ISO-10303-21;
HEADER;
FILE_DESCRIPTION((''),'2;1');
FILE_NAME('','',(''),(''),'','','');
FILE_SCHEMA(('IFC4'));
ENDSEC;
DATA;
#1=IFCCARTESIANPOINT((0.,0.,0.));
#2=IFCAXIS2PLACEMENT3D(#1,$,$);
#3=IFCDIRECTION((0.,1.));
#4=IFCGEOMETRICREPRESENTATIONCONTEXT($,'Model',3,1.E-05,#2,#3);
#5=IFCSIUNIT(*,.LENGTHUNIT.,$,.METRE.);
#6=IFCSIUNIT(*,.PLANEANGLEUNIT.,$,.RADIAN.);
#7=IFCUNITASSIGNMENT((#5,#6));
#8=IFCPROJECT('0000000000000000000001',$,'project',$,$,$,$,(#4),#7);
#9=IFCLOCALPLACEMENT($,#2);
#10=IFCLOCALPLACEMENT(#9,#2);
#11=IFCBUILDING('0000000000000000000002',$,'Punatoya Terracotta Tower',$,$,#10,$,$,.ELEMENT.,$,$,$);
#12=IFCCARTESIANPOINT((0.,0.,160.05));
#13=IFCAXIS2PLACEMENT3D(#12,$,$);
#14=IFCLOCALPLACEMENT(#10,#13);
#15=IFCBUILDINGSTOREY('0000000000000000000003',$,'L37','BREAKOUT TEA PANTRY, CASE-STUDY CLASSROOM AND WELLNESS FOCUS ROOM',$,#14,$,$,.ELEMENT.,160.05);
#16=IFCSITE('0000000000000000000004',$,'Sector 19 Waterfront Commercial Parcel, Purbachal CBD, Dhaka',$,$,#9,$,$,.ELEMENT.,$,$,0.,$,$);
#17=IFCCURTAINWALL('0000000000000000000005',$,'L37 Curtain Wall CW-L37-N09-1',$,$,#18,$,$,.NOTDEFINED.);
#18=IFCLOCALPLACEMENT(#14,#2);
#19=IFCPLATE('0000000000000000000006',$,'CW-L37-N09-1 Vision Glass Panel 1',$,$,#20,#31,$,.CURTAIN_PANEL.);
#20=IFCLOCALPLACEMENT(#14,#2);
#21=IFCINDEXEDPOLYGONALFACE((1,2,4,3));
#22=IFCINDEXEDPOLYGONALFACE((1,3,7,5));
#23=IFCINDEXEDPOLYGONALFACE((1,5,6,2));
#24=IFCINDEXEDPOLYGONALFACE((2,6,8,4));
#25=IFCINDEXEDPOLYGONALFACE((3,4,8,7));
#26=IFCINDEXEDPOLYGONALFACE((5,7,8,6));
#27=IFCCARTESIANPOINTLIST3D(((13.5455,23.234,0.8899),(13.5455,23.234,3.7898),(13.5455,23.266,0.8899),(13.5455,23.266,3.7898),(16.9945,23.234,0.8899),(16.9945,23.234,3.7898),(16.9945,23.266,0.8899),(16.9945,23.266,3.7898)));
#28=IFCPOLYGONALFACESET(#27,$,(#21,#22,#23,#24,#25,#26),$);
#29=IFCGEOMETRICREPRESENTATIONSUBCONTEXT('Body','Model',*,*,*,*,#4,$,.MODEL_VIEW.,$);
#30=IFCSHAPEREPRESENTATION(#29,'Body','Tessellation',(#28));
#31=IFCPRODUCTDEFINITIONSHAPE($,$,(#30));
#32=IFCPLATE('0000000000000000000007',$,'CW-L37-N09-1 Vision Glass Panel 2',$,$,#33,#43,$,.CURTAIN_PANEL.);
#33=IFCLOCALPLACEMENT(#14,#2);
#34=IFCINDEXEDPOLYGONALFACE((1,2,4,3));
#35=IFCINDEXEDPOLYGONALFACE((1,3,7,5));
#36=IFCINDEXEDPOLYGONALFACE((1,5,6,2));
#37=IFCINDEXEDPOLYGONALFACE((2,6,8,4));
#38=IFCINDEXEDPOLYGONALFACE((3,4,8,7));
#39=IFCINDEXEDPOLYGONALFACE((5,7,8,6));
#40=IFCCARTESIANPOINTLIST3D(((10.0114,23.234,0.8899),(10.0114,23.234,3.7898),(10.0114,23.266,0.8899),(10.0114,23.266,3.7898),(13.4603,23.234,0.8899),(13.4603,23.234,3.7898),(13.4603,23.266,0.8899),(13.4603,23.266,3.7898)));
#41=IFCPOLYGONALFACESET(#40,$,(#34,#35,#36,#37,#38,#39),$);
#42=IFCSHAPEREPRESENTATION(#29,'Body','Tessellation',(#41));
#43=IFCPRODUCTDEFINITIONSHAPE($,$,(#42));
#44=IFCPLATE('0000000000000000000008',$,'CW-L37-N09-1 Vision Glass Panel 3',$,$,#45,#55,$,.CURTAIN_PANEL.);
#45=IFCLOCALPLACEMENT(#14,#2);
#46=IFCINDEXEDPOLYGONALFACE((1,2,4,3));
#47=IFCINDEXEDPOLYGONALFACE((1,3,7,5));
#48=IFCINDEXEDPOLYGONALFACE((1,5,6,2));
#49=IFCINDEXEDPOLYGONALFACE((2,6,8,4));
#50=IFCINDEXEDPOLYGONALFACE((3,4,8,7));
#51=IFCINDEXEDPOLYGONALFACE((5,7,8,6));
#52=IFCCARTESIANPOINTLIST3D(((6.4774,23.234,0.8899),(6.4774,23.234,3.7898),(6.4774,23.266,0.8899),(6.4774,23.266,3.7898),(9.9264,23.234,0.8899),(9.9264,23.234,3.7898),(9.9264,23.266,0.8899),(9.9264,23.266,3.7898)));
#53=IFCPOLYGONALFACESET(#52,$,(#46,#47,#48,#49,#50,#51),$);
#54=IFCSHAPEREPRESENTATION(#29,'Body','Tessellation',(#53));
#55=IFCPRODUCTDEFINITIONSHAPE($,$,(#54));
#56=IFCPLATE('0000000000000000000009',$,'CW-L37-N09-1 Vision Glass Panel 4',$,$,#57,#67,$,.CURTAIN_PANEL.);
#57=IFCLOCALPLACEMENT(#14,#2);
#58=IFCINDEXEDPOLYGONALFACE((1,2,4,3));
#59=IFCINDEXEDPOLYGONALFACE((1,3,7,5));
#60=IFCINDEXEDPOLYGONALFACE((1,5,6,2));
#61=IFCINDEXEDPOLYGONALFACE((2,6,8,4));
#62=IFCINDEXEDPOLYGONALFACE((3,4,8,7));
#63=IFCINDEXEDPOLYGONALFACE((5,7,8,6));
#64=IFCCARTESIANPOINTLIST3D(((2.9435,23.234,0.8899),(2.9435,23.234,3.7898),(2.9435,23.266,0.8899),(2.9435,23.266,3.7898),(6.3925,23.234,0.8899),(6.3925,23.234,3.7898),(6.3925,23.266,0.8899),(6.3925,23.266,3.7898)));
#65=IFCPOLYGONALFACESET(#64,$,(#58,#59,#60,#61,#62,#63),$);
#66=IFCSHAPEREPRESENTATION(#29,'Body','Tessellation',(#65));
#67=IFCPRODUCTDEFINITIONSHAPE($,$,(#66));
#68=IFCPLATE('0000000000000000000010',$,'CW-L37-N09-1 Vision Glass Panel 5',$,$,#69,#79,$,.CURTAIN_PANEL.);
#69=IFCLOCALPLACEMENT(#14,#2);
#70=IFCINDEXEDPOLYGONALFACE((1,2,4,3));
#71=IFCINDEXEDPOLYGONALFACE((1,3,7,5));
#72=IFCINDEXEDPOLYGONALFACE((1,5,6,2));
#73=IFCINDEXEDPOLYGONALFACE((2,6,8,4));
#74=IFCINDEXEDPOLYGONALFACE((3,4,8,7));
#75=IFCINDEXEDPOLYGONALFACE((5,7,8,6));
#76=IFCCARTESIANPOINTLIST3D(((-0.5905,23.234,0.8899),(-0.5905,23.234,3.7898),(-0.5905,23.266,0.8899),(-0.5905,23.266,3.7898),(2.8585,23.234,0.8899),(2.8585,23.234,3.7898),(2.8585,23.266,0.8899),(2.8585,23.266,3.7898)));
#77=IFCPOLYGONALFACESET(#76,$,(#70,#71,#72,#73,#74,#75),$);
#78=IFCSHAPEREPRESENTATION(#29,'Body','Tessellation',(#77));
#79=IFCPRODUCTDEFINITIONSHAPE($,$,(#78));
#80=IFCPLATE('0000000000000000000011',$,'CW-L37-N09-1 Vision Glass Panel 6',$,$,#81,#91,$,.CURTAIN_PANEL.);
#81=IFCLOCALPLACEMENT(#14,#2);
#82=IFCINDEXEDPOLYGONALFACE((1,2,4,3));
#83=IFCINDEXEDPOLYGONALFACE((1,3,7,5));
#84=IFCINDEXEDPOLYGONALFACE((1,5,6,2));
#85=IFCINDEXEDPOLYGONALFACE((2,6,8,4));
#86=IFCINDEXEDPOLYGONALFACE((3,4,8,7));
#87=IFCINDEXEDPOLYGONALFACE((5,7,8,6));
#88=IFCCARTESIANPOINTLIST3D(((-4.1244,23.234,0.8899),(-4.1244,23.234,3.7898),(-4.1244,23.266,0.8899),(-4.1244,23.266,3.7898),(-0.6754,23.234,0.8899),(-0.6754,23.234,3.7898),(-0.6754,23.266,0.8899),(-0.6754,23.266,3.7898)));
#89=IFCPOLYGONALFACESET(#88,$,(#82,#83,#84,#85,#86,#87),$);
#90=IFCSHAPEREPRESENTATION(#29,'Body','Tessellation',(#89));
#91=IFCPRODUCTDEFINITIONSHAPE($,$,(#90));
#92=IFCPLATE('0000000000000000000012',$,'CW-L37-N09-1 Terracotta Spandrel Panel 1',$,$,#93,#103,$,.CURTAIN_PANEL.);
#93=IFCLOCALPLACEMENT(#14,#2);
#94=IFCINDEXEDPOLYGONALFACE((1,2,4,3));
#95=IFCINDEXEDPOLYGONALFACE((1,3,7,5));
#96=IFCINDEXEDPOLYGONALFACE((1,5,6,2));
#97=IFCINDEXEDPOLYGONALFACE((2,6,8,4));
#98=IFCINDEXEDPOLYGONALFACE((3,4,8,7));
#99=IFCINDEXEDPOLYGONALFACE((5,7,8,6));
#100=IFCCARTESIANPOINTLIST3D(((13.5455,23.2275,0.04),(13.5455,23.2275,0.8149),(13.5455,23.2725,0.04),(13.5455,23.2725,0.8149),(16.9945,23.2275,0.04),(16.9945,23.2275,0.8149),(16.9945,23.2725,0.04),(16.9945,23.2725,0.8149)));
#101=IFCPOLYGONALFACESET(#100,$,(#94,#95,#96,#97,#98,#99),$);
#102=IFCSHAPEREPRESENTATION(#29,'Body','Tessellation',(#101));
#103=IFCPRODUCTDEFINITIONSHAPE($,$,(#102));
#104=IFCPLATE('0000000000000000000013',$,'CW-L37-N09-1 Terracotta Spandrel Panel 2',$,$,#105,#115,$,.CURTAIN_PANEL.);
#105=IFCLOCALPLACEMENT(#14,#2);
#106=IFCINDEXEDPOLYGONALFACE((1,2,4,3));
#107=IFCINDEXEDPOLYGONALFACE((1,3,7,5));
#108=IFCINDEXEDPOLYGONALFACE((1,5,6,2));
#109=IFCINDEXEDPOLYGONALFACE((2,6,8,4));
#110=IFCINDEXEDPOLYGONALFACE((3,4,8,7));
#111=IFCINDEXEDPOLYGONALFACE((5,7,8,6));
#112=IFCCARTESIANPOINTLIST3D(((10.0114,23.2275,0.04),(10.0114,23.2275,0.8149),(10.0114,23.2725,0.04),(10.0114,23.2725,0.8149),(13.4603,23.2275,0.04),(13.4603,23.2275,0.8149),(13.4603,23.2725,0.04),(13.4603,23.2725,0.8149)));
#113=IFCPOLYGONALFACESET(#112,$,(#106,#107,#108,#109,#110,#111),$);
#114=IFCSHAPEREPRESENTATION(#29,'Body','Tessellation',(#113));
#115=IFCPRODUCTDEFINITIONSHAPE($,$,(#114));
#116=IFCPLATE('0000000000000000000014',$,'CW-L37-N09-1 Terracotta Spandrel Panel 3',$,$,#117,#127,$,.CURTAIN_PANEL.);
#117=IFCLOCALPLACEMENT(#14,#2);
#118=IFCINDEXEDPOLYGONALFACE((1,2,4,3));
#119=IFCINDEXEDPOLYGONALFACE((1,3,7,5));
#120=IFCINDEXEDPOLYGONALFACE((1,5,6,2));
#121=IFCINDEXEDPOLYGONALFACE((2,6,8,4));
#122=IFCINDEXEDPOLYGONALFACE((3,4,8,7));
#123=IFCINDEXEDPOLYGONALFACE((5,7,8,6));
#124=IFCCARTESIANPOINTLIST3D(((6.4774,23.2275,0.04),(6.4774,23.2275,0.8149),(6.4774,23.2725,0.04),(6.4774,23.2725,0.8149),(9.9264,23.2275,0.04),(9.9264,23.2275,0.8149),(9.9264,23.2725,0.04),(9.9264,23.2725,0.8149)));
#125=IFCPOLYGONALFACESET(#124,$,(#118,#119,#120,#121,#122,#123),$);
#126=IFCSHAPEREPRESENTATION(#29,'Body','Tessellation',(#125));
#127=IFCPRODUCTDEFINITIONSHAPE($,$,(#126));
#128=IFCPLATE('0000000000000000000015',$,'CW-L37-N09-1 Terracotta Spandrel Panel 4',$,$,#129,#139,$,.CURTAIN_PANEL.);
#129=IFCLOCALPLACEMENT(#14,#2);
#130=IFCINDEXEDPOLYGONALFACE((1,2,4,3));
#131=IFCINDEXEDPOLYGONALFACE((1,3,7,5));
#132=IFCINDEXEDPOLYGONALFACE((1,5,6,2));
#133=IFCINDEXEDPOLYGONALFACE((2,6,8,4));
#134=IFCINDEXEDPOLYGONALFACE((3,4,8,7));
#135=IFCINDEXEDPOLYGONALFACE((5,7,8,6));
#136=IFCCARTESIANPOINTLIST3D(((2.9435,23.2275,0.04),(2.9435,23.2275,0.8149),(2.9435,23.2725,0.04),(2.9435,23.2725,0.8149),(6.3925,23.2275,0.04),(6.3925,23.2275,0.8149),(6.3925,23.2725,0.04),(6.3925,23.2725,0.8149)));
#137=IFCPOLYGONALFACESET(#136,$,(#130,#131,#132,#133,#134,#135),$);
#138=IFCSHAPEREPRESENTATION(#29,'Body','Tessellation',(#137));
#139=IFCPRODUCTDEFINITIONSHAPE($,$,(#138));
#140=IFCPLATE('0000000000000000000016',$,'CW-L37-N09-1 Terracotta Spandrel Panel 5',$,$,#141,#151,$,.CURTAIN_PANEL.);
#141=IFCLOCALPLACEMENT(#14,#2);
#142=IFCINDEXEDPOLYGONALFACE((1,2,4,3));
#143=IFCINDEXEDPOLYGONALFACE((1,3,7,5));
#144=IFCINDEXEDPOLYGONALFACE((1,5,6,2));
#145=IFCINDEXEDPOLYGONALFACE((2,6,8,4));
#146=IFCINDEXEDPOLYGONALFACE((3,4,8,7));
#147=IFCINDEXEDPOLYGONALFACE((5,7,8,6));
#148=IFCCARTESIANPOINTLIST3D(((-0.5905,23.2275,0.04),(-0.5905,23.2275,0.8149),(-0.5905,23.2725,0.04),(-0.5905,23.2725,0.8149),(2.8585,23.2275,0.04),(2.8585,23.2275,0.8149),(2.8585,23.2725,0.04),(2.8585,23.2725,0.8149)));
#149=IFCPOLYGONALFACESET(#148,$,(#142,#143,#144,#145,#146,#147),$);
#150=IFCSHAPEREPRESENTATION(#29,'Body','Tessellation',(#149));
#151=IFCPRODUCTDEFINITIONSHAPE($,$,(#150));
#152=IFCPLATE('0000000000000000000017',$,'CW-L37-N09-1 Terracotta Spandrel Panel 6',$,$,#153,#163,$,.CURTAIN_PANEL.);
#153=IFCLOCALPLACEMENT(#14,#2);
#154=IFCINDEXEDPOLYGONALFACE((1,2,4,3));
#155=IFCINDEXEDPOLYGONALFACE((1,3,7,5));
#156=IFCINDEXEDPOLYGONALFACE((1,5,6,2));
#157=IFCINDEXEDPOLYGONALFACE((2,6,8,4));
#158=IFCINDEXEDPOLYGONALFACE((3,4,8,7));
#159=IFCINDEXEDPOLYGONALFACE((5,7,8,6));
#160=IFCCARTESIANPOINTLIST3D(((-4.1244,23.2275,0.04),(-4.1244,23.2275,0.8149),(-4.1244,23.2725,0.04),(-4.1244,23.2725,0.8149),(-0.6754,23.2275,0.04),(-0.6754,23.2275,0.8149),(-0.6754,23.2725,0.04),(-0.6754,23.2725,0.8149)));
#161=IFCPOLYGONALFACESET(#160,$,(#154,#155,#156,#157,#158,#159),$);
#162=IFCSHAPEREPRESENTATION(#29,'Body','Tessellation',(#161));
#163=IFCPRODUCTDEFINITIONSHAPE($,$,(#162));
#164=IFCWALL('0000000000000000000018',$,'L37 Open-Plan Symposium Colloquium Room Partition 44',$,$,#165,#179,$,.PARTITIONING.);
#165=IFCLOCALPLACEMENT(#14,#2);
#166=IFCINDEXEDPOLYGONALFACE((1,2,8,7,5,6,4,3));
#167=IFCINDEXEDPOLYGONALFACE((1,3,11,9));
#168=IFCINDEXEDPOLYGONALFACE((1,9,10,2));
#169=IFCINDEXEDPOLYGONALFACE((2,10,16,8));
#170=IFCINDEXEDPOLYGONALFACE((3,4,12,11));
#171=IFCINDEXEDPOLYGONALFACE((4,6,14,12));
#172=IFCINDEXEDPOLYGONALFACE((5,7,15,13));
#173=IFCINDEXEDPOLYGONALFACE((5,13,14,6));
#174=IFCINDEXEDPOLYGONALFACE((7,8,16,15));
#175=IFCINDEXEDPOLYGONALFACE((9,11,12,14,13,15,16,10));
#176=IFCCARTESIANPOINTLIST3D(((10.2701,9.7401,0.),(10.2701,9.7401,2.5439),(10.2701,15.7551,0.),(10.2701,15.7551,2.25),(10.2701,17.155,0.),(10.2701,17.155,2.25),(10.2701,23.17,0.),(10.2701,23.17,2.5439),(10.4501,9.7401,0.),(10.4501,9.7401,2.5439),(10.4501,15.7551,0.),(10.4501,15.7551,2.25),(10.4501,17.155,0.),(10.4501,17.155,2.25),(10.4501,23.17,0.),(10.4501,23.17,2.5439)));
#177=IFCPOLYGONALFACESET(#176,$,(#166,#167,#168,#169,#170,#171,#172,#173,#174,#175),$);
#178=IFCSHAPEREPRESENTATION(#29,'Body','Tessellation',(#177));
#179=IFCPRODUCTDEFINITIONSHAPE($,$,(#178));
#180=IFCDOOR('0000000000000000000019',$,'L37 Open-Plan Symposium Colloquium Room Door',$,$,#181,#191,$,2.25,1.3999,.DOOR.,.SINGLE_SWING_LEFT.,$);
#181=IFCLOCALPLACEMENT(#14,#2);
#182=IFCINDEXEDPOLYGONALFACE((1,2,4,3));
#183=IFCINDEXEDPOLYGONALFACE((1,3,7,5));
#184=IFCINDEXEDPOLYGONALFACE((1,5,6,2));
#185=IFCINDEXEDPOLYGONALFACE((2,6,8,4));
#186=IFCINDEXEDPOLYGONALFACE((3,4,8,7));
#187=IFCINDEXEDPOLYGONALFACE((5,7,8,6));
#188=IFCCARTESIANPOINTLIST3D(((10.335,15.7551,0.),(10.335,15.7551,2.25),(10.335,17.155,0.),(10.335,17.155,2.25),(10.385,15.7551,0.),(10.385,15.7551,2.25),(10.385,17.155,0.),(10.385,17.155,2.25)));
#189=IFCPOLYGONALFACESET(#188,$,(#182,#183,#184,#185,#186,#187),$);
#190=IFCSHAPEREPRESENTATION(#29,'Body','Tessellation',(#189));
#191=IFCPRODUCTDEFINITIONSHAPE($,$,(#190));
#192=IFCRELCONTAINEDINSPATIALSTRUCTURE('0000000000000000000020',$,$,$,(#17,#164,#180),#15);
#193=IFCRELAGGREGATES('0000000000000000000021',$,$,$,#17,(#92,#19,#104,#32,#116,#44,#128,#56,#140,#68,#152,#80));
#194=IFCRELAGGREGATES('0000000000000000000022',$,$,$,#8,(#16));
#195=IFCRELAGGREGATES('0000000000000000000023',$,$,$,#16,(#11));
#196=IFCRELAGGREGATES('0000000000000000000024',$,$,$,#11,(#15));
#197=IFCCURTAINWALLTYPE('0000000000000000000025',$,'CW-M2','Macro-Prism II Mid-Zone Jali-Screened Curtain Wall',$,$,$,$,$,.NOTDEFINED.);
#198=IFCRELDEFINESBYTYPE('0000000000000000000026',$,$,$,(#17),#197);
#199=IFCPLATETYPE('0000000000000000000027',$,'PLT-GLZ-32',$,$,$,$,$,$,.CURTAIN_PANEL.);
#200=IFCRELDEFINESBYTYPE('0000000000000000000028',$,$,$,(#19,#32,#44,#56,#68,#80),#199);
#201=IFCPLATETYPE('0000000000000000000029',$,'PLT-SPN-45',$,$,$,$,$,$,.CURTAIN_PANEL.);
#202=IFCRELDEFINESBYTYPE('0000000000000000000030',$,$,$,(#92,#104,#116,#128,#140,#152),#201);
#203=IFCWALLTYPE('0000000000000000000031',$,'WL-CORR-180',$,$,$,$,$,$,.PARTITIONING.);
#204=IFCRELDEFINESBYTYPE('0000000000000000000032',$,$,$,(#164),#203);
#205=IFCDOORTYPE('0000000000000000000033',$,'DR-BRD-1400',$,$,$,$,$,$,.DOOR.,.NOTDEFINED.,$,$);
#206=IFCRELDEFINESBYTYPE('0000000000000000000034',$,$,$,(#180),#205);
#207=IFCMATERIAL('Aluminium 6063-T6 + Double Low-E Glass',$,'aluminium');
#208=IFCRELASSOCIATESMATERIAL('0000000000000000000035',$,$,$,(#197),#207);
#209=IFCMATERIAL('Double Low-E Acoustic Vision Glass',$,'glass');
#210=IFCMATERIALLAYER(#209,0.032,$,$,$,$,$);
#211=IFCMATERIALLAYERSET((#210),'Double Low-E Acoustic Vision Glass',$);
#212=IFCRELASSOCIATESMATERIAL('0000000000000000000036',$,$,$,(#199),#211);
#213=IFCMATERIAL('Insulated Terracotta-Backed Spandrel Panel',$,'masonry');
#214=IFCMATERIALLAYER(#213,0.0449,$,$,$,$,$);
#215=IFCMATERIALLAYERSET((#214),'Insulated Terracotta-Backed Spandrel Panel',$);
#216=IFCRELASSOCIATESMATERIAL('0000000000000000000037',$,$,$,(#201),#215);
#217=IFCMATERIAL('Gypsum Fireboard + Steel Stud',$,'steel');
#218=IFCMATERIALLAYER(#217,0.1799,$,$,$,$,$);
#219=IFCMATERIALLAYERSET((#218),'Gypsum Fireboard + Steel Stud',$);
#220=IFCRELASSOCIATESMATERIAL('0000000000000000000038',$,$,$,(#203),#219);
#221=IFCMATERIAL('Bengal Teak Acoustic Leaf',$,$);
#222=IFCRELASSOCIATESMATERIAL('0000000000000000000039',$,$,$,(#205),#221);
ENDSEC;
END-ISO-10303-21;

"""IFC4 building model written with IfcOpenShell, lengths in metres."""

from ifc_helpers import new_model, si_unit, direction, frame, frame_2d, origin, origin_2d, place, context, subcontext, project, spatial, rectangle, extrude, material, layer, layer_set, type_object, element, fill, aggregate, save


model = new_model("IFC4")

# Units and contexts
model_context = context("Model", 3, precision=1e-05, world=origin(), true_north=direction((0.0, 1.0)))
body_context = subcontext(model_context, "Body", "Model", "MODEL_VIEW")
ifc_project = project(units=[si_unit("LENGTHUNIT", "METRE"), si_unit("PLANEANGLEUNIT", "RADIAN")], contexts=[model_context])

# Site, building, storey
site_placement = place(None, origin())
site = spatial("IfcSite", under=ifc_project, at=site_placement, Name="Sector 19 Waterfront Commercial Parcel, Purbachal CBD, Dhaka", CompositionType="ELEMENT", RefElevation=0.0)
building_placement = place(site_placement, origin())
building = spatial("IfcBuilding", under=site, at=building_placement, Name="Punatoya Terracotta Tower", CompositionType="ELEMENT")
storey_placement = place(building_placement, frame((0.0, 0.0, 160.05)))
storey = spatial("IfcBuildingStorey", under=building, at=storey_placement, Name="L37", Description="BREAKOUT TEA PANTRY, CASE-STUDY CLASSROOM AND WELLNESS FOCUS ROOM", CompositionType="ELEMENT", Elevation=160.05)

# Curtain wall, plates
ifc_material_1 = material(Name="Aluminium 6063-T6 + Double Low-E Glass", Category="aluminium")
curtain_wall_type = type_object("IfcCurtainWallType", Name="CW-M2", Description="Macro-Prism II Mid-Zone Jali-Screened Curtain Wall", PredefinedType="NOTDEFINED", material=ifc_material_1)
curtain_wall_placement = place(storey_placement, origin())
curtain_wall = element("IfcCurtainWall", 1, at=curtain_wall_placement, inside=storey, type_object=curtain_wall_type, Name="L37 Curtain Wall CW-L37-N09-1", PredefinedType="NOTDEFINED")
ifc_material_2 = material(Name="Double Low-E Acoustic Vision Glass", Category="glass")
ifc_layer_1 = layer(ifc_material_2, 0.032)
ifc_layer_set_1 = layer_set([ifc_layer_1], Name="Double Low-E Acoustic Vision Glass")
plate_type_1 = type_object("IfcPlateType", Name="PLT-GLZ-32", PredefinedType="CURTAIN_PANEL", material=ifc_layer_set_1)
plate_1_placement = place(storey_placement, frame((15.27, 23.25, 0.8899), z_axis=(0.0, 0.0, 1.0), x_axis=(-1.0, 0.0, 0.0)))
plate_1 = element("IfcPlate", 2, at=plate_1_placement, type_object=plate_type_1, Name="CW-L37-N09-1 Vision Glass Panel 1", PredefinedType="CURTAIN_PANEL", context=body_context, shape_type="SweptSolid", body=[
    extrude(rectangle(XDim=3.449, YDim=0.032, at=origin_2d()), origin(), (0.0, 0.0, 1.0), 2.8999),
])
plate_2_placement = place(storey_placement, frame((11.7358, 23.25, 0.8899), z_axis=(0.0, 0.0, 1.0), x_axis=(-1.0, 0.0, 0.0)))
plate_2 = element("IfcPlate", 3, at=plate_2_placement, type_object=plate_type_1, Name="CW-L37-N09-1 Vision Glass Panel 2", PredefinedType="CURTAIN_PANEL", context=body_context, shape_type="SweptSolid", body=[
    extrude(rectangle(XDim=3.449, YDim=0.032, at=origin_2d()), origin(), (0.0, 0.0, 1.0), 2.8999),
])
plate_3_placement = place(storey_placement, frame((8.2019, 23.25, 0.8899), z_axis=(0.0, 0.0, 1.0), x_axis=(-1.0, 0.0, 0.0)))
plate_3 = element("IfcPlate", 4, at=plate_3_placement, type_object=plate_type_1, Name="CW-L37-N09-1 Vision Glass Panel 3", PredefinedType="CURTAIN_PANEL", context=body_context, shape_type="SweptSolid", body=[
    extrude(rectangle(XDim=3.449, YDim=0.032, at=origin_2d()), origin(), (0.0, 0.0, 1.0), 2.8999),
])
plate_4_placement = place(storey_placement, frame((4.668, 23.25, 0.8899), z_axis=(0.0, 0.0, 1.0), x_axis=(-1.0, 0.0, 0.0)))
plate_4 = element("IfcPlate", 5, at=plate_4_placement, type_object=plate_type_1, Name="CW-L37-N09-1 Vision Glass Panel 4", PredefinedType="CURTAIN_PANEL", context=body_context, shape_type="SweptSolid", body=[
    extrude(rectangle(XDim=3.449, YDim=0.032, at=origin_2d()), origin(), (0.0, 0.0, 1.0), 2.8999),
])
plate_5_placement = place(storey_placement, frame((1.134, 23.25, 0.8899), z_axis=(0.0, 0.0, 1.0), x_axis=(-1.0, 0.0, 0.0)))
plate_5 = element("IfcPlate", 6, at=plate_5_placement, type_object=plate_type_1, Name="CW-L37-N09-1 Vision Glass Panel 5", PredefinedType="CURTAIN_PANEL", context=body_context, shape_type="SweptSolid", body=[
    extrude(rectangle(XDim=3.449, YDim=0.032, at=origin_2d()), origin(), (0.0, 0.0, 1.0), 2.8999),
])
plate_6_placement = place(storey_placement, frame((-2.3999, 23.25, 0.8899), z_axis=(0.0, 0.0, 1.0), x_axis=(-1.0, 0.0, 0.0)))
plate_6 = element("IfcPlate", 7, at=plate_6_placement, type_object=plate_type_1, Name="CW-L37-N09-1 Vision Glass Panel 6", PredefinedType="CURTAIN_PANEL", context=body_context, shape_type="SweptSolid", body=[
    extrude(rectangle(XDim=3.449, YDim=0.032, at=origin_2d()), origin(), (0.0, 0.0, 1.0), 2.8999),
])
ifc_material_3 = material(Name="Insulated Terracotta-Backed Spandrel Panel", Category="masonry")
ifc_layer_2 = layer(ifc_material_3, 0.0449)
ifc_layer_set_2 = layer_set([ifc_layer_2], Name="Insulated Terracotta-Backed Spandrel Panel")
plate_type_2 = type_object("IfcPlateType", Name="PLT-SPN-45", PredefinedType="CURTAIN_PANEL", material=ifc_layer_set_2)
plate_7_placement = place(storey_placement, frame((15.27, 23.25, 0.04), z_axis=(0.0, 0.0, 1.0), x_axis=(-1.0, 0.0, 0.0)))
plate_7 = element("IfcPlate", 8, at=plate_7_placement, type_object=plate_type_2, Name="CW-L37-N09-1 Terracotta Spandrel Panel 1", PredefinedType="CURTAIN_PANEL", context=body_context, shape_type="SweptSolid", body=[
    extrude(rectangle(XDim=3.449, YDim=0.0449, at=origin_2d()), origin(), (0.0, 0.0, 1.0), 0.7749),
])
plate_8_placement = place(storey_placement, frame((11.7358, 23.25, 0.04), z_axis=(0.0, 0.0, 1.0), x_axis=(-1.0, 0.0, 0.0)))
plate_8 = element("IfcPlate", 9, at=plate_8_placement, type_object=plate_type_2, Name="CW-L37-N09-1 Terracotta Spandrel Panel 2", PredefinedType="CURTAIN_PANEL", context=body_context, shape_type="SweptSolid", body=[
    extrude(rectangle(XDim=3.449, YDim=0.0449, at=origin_2d()), origin(), (0.0, 0.0, 1.0), 0.7749),
])
plate_9_placement = place(storey_placement, frame((8.2019, 23.25, 0.04), z_axis=(0.0, 0.0, 1.0), x_axis=(-1.0, 0.0, 0.0)))
plate_9 = element("IfcPlate", 10, at=plate_9_placement, type_object=plate_type_2, Name="CW-L37-N09-1 Terracotta Spandrel Panel 3", PredefinedType="CURTAIN_PANEL", context=body_context, shape_type="SweptSolid", body=[
    extrude(rectangle(XDim=3.449, YDim=0.0449, at=origin_2d()), origin(), (0.0, 0.0, 1.0), 0.7749),
])
plate_10_placement = place(storey_placement, frame((4.668, 23.25, 0.04), z_axis=(0.0, 0.0, 1.0), x_axis=(-1.0, 0.0, 0.0)))
plate_10 = element("IfcPlate", 11, at=plate_10_placement, type_object=plate_type_2, Name="CW-L37-N09-1 Terracotta Spandrel Panel 4", PredefinedType="CURTAIN_PANEL", context=body_context, shape_type="SweptSolid", body=[
    extrude(rectangle(XDim=3.449, YDim=0.0449, at=origin_2d()), origin(), (0.0, 0.0, 1.0), 0.7749),
])
plate_11_placement = place(storey_placement, frame((1.134, 23.25, 0.04), z_axis=(0.0, 0.0, 1.0), x_axis=(-1.0, 0.0, 0.0)))
plate_11 = element("IfcPlate", 12, at=plate_11_placement, type_object=plate_type_2, Name="CW-L37-N09-1 Terracotta Spandrel Panel 5", PredefinedType="CURTAIN_PANEL", context=body_context, shape_type="SweptSolid", body=[
    extrude(rectangle(XDim=3.449, YDim=0.0449, at=origin_2d()), origin(), (0.0, 0.0, 1.0), 0.7749),
])
plate_12_placement = place(storey_placement, frame((-2.3999, 23.25, 0.04), z_axis=(0.0, 0.0, 1.0), x_axis=(-1.0, 0.0, 0.0)))
plate_12 = element("IfcPlate", 13, at=plate_12_placement, type_object=plate_type_2, Name="CW-L37-N09-1 Terracotta Spandrel Panel 6", PredefinedType="CURTAIN_PANEL", context=body_context, shape_type="SweptSolid", body=[
    extrude(rectangle(XDim=3.449, YDim=0.0449, at=origin_2d()), origin(), (0.0, 0.0, 1.0), 0.7749),
])
aggregate(curtain_wall, [plate_7, plate_1, plate_8, plate_2, plate_9, plate_3, plate_10, plate_4, plate_11, plate_5, plate_12, plate_6])

# Wall, opening, door
ifc_material_4 = material(Name="Gypsum Fireboard + Steel Stud", Category="steel")
ifc_layer_3 = layer(ifc_material_4, 0.1799)
ifc_layer_set_3 = layer_set([ifc_layer_3], Name="Gypsum Fireboard + Steel Stud")
wall_type_1 = type_object("IfcWallType", Name="WL-CORR-180", PredefinedType="PARTITIONING", material=ifc_layer_set_3)
wall_1_placement = place(storey_placement, frame((10.3601, 23.1699, 0.0), z_axis=(0.0, 0.0, 1.0), x_axis=(0.0, -1.0, 0.0)))
wall_1 = element("IfcWall", 14, at=wall_1_placement, inside=storey, type_object=wall_type_1, Name="L37 Open-Plan Symposium Colloquium Room Partition 44", PredefinedType="PARTITIONING", context=body_context, shape_type="SweptSolid", body=[
    extrude(rectangle(XDim=13.4299, YDim=0.1799, at=frame_2d((6.7148, 0.0))), origin(), (0.0, 0.0, 1.0), 2.5439),
])
opening_placement = place(wall_1_placement, frame((6.0149, 0.0, 0.0)))
opening = element("IfcOpeningElement", 15, at=opening_placement, cuts=wall_1, PredefinedType="OPENING", context=body_context, shape_type="SweptSolid", body=[
    extrude(rectangle(XDim=1.3999, YDim=2.25, at=frame_2d((0.7, 1.125))), frame((0.0, 0.0999, 0.0), z_axis=(0.0, -1.0, 0.0), x_axis=(1.0, 0.0, 0.0)), (0.0, 0.0, 1.0), 0.2),
])
ifc_material_5 = material(Name="Bengal Teak Acoustic Leaf")
door_type = type_object("IfcDoorType", Name="DR-BRD-1400", OperationType="NOTDEFINED", PredefinedType="DOOR", material=ifc_material_5)
door_placement = place(opening_placement, origin())
door = element("IfcDoor", 16, at=door_placement, inside=storey, type_object=door_type, Name="L37 Open-Plan Symposium Colloquium Room Door", OperationType="SINGLE_SWING_LEFT", OverallHeight=2.25, OverallWidth=1.3999, PredefinedType="DOOR", context=body_context, shape_type="SweptSolid", body=[
    extrude(rectangle(XDim=1.3999, YDim=2.25, at=frame_2d((0.7, 1.125))), frame((0.0, 0.0249, 0.0), z_axis=(0.0, -1.0, 0.0), x_axis=(1.0, 0.0, 0.0)), (0.0, 0.0, 1.0), 0.05),
])
fill(opening, door)

save(model, "model.ifc")
